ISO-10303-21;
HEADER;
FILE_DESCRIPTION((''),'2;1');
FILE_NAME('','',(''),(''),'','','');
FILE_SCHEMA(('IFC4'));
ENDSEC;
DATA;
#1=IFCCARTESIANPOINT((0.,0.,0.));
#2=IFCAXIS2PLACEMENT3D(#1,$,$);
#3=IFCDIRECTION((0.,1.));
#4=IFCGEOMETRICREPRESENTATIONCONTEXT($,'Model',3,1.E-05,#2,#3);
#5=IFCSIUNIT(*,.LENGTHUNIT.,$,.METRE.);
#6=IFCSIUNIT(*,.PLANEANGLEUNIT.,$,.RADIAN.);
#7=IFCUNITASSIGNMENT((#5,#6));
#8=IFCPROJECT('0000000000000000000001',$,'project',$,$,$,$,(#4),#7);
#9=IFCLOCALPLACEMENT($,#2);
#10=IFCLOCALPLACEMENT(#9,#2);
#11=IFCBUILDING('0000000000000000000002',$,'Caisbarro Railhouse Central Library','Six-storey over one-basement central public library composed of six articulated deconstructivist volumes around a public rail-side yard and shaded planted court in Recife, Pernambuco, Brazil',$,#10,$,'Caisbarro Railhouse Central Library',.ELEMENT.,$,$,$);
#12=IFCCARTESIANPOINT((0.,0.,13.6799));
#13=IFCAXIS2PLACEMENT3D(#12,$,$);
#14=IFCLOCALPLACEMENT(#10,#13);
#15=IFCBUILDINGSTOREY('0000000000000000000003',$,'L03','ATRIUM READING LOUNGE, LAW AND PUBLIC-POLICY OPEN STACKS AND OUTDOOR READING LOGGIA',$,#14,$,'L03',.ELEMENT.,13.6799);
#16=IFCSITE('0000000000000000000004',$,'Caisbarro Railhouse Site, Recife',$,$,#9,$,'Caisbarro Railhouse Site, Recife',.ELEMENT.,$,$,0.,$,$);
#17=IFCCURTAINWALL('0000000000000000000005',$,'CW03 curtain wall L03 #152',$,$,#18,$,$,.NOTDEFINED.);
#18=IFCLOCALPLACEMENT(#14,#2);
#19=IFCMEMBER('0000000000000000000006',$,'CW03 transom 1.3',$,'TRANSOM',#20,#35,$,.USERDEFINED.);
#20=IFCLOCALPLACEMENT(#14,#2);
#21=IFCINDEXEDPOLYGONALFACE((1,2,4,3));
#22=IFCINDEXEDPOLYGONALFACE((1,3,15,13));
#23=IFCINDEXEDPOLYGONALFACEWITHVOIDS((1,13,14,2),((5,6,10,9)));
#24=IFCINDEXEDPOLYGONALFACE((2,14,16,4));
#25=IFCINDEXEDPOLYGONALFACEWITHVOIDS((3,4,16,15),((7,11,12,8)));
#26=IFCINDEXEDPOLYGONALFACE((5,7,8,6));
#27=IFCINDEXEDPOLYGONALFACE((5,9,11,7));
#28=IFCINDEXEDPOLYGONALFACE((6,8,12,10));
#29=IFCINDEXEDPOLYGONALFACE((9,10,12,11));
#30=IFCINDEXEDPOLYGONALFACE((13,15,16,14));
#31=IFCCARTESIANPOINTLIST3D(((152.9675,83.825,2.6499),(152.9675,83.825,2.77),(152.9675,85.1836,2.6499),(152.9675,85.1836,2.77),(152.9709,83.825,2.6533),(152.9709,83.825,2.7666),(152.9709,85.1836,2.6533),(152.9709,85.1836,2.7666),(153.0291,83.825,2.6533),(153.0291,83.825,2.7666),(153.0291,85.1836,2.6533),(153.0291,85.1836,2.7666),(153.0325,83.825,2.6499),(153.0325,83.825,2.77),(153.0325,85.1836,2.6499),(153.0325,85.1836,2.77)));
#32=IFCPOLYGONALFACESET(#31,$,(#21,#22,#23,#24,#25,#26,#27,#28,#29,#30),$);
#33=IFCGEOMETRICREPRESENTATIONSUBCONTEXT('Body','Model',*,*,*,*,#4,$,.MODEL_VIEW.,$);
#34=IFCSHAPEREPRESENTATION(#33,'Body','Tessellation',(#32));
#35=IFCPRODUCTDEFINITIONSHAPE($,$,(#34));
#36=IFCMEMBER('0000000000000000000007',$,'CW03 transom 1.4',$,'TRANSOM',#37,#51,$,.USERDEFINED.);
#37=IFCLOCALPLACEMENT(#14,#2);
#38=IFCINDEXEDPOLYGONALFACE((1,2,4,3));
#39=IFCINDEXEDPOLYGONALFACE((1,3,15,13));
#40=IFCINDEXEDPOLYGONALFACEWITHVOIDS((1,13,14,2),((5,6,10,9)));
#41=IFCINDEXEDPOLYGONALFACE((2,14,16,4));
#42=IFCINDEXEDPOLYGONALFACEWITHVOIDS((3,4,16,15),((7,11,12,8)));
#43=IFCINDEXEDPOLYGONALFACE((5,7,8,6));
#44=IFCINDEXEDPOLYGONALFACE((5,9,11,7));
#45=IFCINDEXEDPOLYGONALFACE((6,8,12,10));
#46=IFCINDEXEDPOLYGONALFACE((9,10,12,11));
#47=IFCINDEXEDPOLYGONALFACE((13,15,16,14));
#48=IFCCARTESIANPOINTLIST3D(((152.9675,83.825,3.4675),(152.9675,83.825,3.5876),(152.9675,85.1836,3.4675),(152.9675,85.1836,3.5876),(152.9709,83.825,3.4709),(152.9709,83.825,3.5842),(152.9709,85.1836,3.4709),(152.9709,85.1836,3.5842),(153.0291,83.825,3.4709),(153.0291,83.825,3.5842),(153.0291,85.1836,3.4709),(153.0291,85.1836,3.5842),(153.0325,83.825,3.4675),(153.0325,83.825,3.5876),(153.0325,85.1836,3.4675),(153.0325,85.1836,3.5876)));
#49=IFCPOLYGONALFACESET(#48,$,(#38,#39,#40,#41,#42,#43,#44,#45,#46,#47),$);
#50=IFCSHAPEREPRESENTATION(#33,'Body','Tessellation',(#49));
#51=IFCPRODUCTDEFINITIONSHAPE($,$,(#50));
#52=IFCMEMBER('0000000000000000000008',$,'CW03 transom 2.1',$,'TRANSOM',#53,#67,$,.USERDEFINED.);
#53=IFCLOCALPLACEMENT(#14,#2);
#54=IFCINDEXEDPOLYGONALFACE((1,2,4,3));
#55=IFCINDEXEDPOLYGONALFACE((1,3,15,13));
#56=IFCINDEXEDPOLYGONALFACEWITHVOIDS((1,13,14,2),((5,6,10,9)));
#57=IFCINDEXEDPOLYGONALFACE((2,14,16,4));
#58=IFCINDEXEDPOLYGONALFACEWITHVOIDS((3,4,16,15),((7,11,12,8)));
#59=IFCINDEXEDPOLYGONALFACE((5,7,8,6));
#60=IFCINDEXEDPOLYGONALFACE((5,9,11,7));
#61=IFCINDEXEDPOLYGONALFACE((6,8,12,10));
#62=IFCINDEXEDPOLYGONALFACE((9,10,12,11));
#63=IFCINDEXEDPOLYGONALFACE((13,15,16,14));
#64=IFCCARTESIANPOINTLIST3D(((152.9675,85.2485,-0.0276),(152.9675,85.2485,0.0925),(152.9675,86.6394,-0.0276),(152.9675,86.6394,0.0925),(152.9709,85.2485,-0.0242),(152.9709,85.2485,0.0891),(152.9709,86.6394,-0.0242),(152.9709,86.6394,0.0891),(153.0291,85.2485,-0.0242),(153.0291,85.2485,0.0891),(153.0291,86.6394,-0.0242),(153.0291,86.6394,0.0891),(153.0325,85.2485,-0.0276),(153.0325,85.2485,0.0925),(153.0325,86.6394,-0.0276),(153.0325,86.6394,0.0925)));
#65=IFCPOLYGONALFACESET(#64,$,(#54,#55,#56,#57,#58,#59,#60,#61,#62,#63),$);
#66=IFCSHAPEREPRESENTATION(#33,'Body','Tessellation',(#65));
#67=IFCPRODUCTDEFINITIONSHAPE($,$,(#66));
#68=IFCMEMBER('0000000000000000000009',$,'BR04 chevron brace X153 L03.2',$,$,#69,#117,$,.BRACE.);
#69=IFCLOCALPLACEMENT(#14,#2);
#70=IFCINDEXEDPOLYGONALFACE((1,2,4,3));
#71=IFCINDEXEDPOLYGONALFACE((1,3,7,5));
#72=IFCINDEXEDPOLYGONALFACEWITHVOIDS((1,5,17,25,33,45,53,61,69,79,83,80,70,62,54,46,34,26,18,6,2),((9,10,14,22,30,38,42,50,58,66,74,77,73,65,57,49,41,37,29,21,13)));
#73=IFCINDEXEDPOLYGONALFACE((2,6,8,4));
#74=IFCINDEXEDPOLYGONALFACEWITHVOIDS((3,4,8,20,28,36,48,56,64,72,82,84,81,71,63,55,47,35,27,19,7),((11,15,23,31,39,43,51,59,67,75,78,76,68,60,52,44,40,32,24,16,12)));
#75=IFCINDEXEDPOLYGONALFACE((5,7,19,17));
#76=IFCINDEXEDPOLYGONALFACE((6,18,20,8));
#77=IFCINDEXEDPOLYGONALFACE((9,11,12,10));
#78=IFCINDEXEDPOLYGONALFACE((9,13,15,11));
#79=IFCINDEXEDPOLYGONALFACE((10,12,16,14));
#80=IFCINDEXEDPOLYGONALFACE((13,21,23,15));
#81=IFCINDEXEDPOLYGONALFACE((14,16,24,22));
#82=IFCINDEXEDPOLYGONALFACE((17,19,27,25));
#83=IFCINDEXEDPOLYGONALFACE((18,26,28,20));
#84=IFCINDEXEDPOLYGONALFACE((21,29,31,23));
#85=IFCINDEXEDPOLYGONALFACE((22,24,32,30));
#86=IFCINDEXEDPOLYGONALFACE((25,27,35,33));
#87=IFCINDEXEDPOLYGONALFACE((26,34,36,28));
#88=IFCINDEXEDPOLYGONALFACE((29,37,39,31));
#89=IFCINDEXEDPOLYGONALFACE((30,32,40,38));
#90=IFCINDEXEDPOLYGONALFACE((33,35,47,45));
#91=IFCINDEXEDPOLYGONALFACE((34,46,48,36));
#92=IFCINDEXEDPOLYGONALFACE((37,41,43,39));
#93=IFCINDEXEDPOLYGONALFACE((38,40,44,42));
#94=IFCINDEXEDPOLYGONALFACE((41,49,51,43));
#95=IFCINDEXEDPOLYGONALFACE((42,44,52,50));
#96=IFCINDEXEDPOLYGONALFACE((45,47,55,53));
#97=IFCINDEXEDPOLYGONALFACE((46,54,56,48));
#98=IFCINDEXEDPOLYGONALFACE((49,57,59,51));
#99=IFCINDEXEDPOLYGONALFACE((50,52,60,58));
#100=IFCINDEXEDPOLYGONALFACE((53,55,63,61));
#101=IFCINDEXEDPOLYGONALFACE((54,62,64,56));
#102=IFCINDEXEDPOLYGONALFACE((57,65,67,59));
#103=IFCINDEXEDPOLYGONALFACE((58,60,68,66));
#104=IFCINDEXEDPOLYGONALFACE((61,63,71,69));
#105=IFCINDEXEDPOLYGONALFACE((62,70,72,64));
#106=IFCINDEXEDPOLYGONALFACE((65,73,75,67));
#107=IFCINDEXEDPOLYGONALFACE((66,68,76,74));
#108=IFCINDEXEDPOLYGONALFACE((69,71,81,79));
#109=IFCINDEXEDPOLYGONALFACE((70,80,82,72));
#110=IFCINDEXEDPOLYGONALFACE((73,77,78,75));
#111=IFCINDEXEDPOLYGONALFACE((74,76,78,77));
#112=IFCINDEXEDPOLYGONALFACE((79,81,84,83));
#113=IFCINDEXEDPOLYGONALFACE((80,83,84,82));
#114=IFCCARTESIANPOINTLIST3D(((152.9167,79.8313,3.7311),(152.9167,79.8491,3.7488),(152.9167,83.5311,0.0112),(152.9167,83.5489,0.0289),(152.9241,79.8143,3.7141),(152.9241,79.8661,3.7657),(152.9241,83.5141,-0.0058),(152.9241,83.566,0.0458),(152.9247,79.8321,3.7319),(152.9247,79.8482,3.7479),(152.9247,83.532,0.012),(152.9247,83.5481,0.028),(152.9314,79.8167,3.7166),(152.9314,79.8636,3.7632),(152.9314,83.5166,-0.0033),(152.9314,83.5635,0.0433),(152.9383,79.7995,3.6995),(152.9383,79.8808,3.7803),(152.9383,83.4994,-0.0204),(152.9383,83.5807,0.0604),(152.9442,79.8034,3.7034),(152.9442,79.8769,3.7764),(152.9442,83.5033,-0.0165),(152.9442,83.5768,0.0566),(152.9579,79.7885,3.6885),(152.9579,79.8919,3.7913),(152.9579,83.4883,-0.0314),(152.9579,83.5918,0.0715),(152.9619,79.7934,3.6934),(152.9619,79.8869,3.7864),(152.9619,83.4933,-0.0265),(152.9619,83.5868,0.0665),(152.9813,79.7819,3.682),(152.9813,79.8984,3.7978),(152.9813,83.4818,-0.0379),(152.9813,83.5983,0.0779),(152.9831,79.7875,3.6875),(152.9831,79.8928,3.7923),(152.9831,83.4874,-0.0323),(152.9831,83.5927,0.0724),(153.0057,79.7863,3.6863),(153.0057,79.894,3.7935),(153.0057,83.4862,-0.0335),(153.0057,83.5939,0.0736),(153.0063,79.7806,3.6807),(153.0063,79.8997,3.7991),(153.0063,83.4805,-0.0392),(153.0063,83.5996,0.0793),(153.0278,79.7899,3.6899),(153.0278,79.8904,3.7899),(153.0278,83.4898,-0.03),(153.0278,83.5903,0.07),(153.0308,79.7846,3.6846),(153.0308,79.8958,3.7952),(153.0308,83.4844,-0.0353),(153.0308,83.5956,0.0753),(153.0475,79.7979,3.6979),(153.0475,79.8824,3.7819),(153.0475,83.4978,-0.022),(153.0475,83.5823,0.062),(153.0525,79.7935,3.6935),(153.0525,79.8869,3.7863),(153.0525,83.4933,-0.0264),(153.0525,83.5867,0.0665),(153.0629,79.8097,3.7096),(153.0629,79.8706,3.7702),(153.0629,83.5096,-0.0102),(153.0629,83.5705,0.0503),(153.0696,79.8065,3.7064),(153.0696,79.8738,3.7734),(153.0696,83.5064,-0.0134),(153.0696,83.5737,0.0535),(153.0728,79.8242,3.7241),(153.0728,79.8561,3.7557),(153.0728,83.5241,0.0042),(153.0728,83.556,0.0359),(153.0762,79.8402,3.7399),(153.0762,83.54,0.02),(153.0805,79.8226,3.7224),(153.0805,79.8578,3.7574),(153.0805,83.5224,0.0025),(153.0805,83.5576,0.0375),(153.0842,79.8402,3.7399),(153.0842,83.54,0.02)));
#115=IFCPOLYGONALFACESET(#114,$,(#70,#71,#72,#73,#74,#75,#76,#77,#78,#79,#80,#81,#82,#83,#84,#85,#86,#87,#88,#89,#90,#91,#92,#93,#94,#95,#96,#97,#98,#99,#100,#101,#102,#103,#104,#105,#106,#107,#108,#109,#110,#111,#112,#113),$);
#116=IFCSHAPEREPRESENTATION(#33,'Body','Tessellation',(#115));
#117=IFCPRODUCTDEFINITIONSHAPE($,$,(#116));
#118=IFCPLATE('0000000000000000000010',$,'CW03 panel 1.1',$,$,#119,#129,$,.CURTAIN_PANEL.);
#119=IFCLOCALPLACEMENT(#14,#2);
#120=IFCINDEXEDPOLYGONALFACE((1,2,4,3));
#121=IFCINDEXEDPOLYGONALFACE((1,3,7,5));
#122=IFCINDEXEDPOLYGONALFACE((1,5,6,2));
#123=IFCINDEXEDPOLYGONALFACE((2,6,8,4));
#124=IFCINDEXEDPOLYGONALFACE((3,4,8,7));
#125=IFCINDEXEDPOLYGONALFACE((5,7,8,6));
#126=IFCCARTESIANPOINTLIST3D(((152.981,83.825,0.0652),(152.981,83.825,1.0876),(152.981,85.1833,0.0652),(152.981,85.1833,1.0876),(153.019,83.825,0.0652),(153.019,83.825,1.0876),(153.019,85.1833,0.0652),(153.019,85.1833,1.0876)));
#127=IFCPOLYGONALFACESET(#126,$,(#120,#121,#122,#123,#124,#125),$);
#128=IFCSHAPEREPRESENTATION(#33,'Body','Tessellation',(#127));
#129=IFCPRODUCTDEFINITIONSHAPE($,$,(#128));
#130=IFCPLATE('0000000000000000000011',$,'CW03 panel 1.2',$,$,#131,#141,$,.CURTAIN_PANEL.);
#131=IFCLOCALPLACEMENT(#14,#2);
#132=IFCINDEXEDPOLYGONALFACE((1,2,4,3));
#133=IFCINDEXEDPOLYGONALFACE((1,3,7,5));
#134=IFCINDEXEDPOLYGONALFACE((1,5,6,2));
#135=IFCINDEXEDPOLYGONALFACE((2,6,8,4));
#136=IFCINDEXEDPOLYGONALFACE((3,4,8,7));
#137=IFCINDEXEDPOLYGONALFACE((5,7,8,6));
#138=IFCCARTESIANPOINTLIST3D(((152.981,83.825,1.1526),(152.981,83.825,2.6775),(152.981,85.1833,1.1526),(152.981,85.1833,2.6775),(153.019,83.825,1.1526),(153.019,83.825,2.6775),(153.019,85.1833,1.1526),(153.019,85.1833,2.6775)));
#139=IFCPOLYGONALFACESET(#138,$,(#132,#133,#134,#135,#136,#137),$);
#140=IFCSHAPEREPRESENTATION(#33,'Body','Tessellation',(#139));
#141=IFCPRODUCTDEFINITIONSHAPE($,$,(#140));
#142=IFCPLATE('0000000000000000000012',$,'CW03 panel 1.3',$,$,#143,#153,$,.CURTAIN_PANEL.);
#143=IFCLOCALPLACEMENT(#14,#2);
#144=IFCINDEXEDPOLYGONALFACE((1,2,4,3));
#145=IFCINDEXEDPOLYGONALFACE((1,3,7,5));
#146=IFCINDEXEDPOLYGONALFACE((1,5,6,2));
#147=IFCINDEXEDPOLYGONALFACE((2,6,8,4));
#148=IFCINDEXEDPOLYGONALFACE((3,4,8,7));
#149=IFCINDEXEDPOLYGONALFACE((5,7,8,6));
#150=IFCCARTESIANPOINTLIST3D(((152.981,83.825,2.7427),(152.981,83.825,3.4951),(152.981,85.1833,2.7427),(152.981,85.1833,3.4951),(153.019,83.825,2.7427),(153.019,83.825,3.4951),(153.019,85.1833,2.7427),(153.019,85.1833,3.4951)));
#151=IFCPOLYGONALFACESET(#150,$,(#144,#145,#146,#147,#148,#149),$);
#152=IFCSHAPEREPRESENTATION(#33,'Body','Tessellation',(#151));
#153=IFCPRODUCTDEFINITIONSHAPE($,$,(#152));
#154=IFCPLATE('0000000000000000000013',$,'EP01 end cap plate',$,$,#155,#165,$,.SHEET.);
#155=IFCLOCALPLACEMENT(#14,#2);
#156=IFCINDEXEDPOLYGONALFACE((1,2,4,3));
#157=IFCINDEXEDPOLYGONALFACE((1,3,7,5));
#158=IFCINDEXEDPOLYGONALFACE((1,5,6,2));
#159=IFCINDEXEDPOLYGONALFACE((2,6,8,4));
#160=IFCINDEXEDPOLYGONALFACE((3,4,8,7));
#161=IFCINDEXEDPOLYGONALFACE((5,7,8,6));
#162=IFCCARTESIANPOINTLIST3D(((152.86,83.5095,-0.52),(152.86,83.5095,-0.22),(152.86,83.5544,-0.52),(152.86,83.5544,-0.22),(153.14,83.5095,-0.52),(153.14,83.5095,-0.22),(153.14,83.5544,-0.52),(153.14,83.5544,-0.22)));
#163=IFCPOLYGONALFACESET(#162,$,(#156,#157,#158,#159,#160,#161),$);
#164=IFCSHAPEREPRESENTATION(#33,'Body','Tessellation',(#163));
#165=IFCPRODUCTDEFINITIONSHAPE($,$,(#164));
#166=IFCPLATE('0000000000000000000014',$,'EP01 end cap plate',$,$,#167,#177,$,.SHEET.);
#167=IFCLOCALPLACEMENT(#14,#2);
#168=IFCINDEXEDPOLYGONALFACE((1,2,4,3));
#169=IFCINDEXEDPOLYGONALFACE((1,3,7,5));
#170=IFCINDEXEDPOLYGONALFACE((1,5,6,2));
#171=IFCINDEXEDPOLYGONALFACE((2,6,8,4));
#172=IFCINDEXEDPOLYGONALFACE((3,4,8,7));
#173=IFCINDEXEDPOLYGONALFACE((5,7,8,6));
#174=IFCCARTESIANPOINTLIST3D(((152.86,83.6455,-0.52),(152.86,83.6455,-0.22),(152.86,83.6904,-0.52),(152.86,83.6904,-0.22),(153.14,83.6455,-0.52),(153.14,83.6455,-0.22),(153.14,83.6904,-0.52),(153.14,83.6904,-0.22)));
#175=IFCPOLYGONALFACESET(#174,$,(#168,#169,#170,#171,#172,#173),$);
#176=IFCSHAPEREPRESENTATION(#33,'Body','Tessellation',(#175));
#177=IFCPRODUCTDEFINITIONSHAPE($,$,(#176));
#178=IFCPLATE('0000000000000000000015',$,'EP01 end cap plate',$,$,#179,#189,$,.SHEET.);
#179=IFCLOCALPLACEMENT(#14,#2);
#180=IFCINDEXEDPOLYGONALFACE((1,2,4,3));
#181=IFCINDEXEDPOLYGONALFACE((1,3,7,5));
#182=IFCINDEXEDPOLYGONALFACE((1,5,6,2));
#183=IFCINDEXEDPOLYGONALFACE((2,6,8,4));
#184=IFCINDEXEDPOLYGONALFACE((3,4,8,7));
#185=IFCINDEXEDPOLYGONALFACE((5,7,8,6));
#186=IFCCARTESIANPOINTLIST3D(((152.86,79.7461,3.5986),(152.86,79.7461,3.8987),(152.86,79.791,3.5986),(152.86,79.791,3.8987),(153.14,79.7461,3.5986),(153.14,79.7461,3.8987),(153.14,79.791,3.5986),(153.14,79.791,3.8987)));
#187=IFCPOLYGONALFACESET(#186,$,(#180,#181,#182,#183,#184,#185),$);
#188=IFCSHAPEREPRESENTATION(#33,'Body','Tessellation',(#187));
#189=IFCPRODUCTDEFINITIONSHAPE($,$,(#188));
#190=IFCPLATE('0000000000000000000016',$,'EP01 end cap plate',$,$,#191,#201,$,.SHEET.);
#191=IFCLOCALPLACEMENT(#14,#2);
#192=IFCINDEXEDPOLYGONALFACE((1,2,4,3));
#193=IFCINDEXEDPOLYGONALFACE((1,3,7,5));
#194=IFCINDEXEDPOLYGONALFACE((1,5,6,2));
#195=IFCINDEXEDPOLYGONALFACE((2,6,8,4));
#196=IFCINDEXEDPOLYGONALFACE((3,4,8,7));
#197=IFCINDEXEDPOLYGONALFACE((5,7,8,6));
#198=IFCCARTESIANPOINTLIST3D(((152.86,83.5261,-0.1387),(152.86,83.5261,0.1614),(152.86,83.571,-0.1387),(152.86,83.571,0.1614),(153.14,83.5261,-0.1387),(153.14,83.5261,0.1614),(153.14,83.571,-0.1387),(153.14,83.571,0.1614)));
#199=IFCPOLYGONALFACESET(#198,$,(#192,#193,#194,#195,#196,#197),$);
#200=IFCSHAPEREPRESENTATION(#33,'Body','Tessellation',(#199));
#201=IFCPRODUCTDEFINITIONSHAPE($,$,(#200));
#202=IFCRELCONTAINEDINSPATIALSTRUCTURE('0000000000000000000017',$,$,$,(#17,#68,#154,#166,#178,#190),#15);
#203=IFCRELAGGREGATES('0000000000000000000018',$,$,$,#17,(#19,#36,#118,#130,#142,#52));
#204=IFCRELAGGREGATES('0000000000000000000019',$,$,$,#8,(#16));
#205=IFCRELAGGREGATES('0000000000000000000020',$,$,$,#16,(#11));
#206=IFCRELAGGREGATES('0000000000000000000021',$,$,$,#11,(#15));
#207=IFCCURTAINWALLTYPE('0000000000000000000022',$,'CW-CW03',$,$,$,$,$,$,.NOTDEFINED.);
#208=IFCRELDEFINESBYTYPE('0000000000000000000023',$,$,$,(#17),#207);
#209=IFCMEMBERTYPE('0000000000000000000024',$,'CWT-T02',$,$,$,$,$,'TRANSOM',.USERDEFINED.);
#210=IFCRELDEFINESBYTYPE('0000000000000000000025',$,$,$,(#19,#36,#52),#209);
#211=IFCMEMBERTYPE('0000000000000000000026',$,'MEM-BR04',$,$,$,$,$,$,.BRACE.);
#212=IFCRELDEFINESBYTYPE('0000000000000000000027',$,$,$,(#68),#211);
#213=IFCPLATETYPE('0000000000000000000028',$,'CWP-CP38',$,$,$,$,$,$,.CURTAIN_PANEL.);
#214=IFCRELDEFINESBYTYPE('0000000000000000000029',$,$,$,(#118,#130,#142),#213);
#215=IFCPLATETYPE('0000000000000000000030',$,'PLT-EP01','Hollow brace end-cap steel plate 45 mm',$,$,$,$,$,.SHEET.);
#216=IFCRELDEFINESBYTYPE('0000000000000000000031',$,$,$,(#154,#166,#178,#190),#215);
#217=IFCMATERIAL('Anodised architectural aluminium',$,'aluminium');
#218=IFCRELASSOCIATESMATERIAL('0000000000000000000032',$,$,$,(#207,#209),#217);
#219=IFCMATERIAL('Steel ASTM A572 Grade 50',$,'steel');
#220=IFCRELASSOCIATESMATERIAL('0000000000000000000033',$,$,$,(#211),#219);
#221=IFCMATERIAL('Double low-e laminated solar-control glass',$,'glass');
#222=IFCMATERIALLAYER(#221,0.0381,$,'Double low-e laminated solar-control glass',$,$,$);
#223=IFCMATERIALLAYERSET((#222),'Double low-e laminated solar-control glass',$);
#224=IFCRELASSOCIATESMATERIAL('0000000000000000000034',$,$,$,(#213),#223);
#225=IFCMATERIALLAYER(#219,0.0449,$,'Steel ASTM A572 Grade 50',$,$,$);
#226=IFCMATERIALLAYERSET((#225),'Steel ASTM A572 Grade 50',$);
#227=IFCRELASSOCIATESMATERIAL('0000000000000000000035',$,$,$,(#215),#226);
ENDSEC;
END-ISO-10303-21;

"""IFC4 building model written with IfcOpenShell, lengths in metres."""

from ifc_helpers import new_model, si_unit, direction, frame, origin, origin_2d, place, context, subcontext, project, spatial, rectangle, hollow_rectangle, hollow_circle, extrude, material, layer, layer_set, material_profile, profile_set, type_object, element, aggregate, save


model = new_model("IFC4")

# Units and contexts
model_context = context("Model", 3, precision=1e-05, world=origin(), true_north=direction((0.0, 1.0)))
body_context = subcontext(model_context, "Body", "Model", "MODEL_VIEW")
ifc_project = project(units=[si_unit("LENGTHUNIT", "METRE"), si_unit("PLANEANGLEUNIT", "RADIAN")], contexts=[model_context])

# Site, building, storey
site_placement = place(None, origin())
site = spatial("IfcSite", under=ifc_project, at=site_placement, Name="Caisbarro Railhouse Site, Recife", LongName="Caisbarro Railhouse Site, Recife", CompositionType="ELEMENT", RefElevation=0.0)
building_placement = place(site_placement, origin())
building = spatial("IfcBuilding", under=site, at=building_placement, Name="Caisbarro Railhouse Central Library", Description="Six-storey over one-basement central public library composed of six articulated deconstructivist volumes around a public rail-side yard and shaded planted court in Recife, Pernambuco, Brazil", LongName="Caisbarro Railhouse Central Library", CompositionType="ELEMENT")
storey_placement = place(building_placement, frame((0.0, 0.0, 13.6799)))
storey = spatial("IfcBuildingStorey", under=building, at=storey_placement, Name="L03", Description="ATRIUM READING LOUNGE, LAW AND PUBLIC-POLICY OPEN STACKS AND OUTDOOR READING LOGGIA", LongName="L03", CompositionType="ELEMENT", Elevation=13.6799)

# Shared definitions
ifc_material_1 = material(Name="Steel ASTM A572 Grade 50", Category="steel")

# Curtain wall, members
ifc_material_2 = material(Name="Anodised architectural aluminium", Category="aluminium")
curtain_wall_type = type_object("IfcCurtainWallType", Name="CW-CW03", PredefinedType="NOTDEFINED", material=ifc_material_2)
curtain_wall_placement = place(storey_placement, origin())
curtain_wall = element("IfcCurtainWall", 1, at=curtain_wall_placement, inside=storey, type_object=curtain_wall_type, Name="CW03 curtain wall L03 #152", PredefinedType="NOTDEFINED")
ifc_material_profile_1 = material_profile(ifc_material_2, hollow_rectangle(XDim=0.0649, YDim=0.1201, WallThickness=0.0034, at=origin_2d()), Name="ALU-TRN-65X120")
ifc_profile_set_1 = profile_set([ifc_material_profile_1], Name="Anodised architectural aluminium")
member_type_1 = type_object("IfcMemberType", Name="CWT-T02", ElementType="TRANSOM", PredefinedType="USERDEFINED", material=ifc_profile_set_1)
member_1_placement = place(storey_placement, frame((153.0, 83.825, 2.71), z_axis=(0.0, 1.0, 0.0), x_axis=(-1.0, 0.0, 0.0)))
member_1 = element("IfcMember", 2, at=member_1_placement, type_object=member_type_1, Name="CW03 transom 1.3", ObjectType="TRANSOM", PredefinedType="USERDEFINED", context=body_context, shape_type="SweptSolid", body=[
    extrude(hollow_rectangle(XDim=0.0649, YDim=0.1201, WallThickness=0.0034, at=origin_2d()), origin(), (0.0, 0.0, 1.0), 1.3586),
])
member_2_placement = place(storey_placement, frame((153.0, 83.825, 3.5276), z_axis=(0.0, 1.0, 0.0), x_axis=(-1.0, 0.0, 0.0)))
member_2 = element("IfcMember", 3, at=member_2_placement, type_object=member_type_1, Name="CW03 transom 1.4", ObjectType="TRANSOM", PredefinedType="USERDEFINED", context=body_context, shape_type="SweptSolid", body=[
    extrude(hollow_rectangle(XDim=0.0649, YDim=0.1201, WallThickness=0.0034, at=origin_2d()), origin(), (0.0, 0.0, 1.0), 1.3586),
])
member_3_placement = place(storey_placement, frame((153.0, 85.2485, 0.0325), z_axis=(0.0, 1.0, 0.0), x_axis=(-1.0, 0.0, 0.0)))
member_3 = element("IfcMember", 4, at=member_3_placement, type_object=member_type_1, Name="CW03 transom 2.1", ObjectType="TRANSOM", PredefinedType="USERDEFINED", context=body_context, shape_type="SweptSolid", body=[
    extrude(hollow_rectangle(XDim=0.0649, YDim=0.1201, WallThickness=0.0034, at=origin_2d()), origin(), (0.0, 0.0, 1.0), 1.3909),
])

# Member
ifc_material_profile_2 = material_profile(ifc_material_1, hollow_circle(Radius=0.0842, WallThickness=0.0081, at=origin_2d()), Name="CHS168.3X8")
ifc_profile_set_2 = profile_set([ifc_material_profile_2], Name="Steel ASTM A572 Grade 50")
member_type_2 = type_object("IfcMemberType", Name="MEM-BR04", PredefinedType="BRACE", material=ifc_profile_set_2)
member_4_placement = place(storey_placement, frame((153.0, 83.54, 0.02), z_axis=(0.0, -0.705196, 0.709012), x_axis=(1.0, 0.0, 0.0)))
element("IfcMember", 5, at=member_4_placement, inside=storey, type_object=member_type_2, Name="BR04 chevron brace X153 L03.2", PredefinedType="BRACE", context=body_context, shape_type="SweptSolid", body=[
    extrude(hollow_circle(Radius=0.0842, WallThickness=0.0081, at=origin_2d()), origin(), (0.0, 0.0, 1.0), 5.2466),
])

# Plates
ifc_material_3 = material(Name="Double low-e laminated solar-control glass", Category="glass")
ifc_layer_1 = layer(ifc_material_3, 0.0381, Name="Double low-e laminated solar-control glass")
ifc_layer_set_1 = layer_set([ifc_layer_1], Name="Double low-e laminated solar-control glass")
plate_type_1 = type_object("IfcPlateType", Name="CWP-CP38", PredefinedType="CURTAIN_PANEL", material=ifc_layer_set_1)
plate_1_placement = place(storey_placement, frame((153.0, 84.5042, 0.0652), z_axis=(0.0, 0.0, 1.0), x_axis=(0.0, 1.0, 0.0)))
plate_1 = element("IfcPlate", 6, at=plate_1_placement, type_object=plate_type_1, Name="CW03 panel 1.1", PredefinedType="CURTAIN_PANEL", context=body_context, shape_type="SweptSolid", body=[
    extrude(rectangle(XDim=1.3584, YDim=0.0381, at=origin_2d()), origin(), (0.0, 0.0, 1.0), 1.0225),
])
plate_2_placement = place(storey_placement, frame((153.0, 84.5042, 1.1526), z_axis=(0.0, 0.0, 1.0), x_axis=(0.0, 1.0, 0.0)))
plate_2 = element("IfcPlate", 7, at=plate_2_placement, type_object=plate_type_1, Name="CW03 panel 1.2", PredefinedType="CURTAIN_PANEL", context=body_context, shape_type="SweptSolid", body=[
    extrude(rectangle(XDim=1.3584, YDim=0.0381, at=origin_2d()), origin(), (0.0, 0.0, 1.0), 1.5249),
])
plate_3_placement = place(storey_placement, frame((153.0, 84.5042, 2.7427), z_axis=(0.0, 0.0, 1.0), x_axis=(0.0, 1.0, 0.0)))
plate_3 = element("IfcPlate", 8, at=plate_3_placement, type_object=plate_type_1, Name="CW03 panel 1.3", PredefinedType="CURTAIN_PANEL", context=body_context, shape_type="SweptSolid", body=[
    extrude(rectangle(XDim=1.3584, YDim=0.0381, at=origin_2d()), origin(), (0.0, 0.0, 1.0), 0.7524),
])
aggregate(curtain_wall, [member_1, member_2, plate_1, plate_2, plate_3, member_3])

# Plates
ifc_layer_2 = layer(ifc_material_1, 0.0449, Name="Steel ASTM A572 Grade 50")
ifc_layer_set_2 = layer_set([ifc_layer_2], Name="Steel ASTM A572 Grade 50")
plate_type_2 = type_object("IfcPlateType", Name="PLT-EP01", Description="Hollow brace end-cap steel plate 45 mm", PredefinedType="SHEET", material=ifc_layer_set_2)
for number, where, z_axis, x_axis, name in (
    (9, (153.0, 83.532, -0.52), (0.0, 0.0, 1.0), (0.0, 1.0, 0.0), "EP01 end cap plate"),
    (10, (153.0, 83.668, -0.52), (0.0, 0.0, 1.0), (0.0, 1.0, 0.0), "EP01 end cap plate"),
    (11, (153.0, 79.7686, 3.5986), (0.0, 0.0, 1.0), (0.0, 1.0, 0.0), "EP01 end cap plate"),
    (12, (153.0, 83.5486, -0.1387), (0.0, 0.0, 1.0), (0.0, -1.0, 0.0), "EP01 end cap plate"),
):
    element("IfcPlate", number, at=place(storey_placement, frame(where, z_axis=z_axis, x_axis=x_axis)), inside=storey, type_object=plate_type_2, Name=name, PredefinedType="SHEET", context=body_context, shape_type="SweptSolid", body=[
        extrude(rectangle(XDim=0.0449, YDim=0.28, at=origin_2d()), origin(), (0.0, 0.0, 1.0), 0.3),
    ])

save(model, "model.ifc")
